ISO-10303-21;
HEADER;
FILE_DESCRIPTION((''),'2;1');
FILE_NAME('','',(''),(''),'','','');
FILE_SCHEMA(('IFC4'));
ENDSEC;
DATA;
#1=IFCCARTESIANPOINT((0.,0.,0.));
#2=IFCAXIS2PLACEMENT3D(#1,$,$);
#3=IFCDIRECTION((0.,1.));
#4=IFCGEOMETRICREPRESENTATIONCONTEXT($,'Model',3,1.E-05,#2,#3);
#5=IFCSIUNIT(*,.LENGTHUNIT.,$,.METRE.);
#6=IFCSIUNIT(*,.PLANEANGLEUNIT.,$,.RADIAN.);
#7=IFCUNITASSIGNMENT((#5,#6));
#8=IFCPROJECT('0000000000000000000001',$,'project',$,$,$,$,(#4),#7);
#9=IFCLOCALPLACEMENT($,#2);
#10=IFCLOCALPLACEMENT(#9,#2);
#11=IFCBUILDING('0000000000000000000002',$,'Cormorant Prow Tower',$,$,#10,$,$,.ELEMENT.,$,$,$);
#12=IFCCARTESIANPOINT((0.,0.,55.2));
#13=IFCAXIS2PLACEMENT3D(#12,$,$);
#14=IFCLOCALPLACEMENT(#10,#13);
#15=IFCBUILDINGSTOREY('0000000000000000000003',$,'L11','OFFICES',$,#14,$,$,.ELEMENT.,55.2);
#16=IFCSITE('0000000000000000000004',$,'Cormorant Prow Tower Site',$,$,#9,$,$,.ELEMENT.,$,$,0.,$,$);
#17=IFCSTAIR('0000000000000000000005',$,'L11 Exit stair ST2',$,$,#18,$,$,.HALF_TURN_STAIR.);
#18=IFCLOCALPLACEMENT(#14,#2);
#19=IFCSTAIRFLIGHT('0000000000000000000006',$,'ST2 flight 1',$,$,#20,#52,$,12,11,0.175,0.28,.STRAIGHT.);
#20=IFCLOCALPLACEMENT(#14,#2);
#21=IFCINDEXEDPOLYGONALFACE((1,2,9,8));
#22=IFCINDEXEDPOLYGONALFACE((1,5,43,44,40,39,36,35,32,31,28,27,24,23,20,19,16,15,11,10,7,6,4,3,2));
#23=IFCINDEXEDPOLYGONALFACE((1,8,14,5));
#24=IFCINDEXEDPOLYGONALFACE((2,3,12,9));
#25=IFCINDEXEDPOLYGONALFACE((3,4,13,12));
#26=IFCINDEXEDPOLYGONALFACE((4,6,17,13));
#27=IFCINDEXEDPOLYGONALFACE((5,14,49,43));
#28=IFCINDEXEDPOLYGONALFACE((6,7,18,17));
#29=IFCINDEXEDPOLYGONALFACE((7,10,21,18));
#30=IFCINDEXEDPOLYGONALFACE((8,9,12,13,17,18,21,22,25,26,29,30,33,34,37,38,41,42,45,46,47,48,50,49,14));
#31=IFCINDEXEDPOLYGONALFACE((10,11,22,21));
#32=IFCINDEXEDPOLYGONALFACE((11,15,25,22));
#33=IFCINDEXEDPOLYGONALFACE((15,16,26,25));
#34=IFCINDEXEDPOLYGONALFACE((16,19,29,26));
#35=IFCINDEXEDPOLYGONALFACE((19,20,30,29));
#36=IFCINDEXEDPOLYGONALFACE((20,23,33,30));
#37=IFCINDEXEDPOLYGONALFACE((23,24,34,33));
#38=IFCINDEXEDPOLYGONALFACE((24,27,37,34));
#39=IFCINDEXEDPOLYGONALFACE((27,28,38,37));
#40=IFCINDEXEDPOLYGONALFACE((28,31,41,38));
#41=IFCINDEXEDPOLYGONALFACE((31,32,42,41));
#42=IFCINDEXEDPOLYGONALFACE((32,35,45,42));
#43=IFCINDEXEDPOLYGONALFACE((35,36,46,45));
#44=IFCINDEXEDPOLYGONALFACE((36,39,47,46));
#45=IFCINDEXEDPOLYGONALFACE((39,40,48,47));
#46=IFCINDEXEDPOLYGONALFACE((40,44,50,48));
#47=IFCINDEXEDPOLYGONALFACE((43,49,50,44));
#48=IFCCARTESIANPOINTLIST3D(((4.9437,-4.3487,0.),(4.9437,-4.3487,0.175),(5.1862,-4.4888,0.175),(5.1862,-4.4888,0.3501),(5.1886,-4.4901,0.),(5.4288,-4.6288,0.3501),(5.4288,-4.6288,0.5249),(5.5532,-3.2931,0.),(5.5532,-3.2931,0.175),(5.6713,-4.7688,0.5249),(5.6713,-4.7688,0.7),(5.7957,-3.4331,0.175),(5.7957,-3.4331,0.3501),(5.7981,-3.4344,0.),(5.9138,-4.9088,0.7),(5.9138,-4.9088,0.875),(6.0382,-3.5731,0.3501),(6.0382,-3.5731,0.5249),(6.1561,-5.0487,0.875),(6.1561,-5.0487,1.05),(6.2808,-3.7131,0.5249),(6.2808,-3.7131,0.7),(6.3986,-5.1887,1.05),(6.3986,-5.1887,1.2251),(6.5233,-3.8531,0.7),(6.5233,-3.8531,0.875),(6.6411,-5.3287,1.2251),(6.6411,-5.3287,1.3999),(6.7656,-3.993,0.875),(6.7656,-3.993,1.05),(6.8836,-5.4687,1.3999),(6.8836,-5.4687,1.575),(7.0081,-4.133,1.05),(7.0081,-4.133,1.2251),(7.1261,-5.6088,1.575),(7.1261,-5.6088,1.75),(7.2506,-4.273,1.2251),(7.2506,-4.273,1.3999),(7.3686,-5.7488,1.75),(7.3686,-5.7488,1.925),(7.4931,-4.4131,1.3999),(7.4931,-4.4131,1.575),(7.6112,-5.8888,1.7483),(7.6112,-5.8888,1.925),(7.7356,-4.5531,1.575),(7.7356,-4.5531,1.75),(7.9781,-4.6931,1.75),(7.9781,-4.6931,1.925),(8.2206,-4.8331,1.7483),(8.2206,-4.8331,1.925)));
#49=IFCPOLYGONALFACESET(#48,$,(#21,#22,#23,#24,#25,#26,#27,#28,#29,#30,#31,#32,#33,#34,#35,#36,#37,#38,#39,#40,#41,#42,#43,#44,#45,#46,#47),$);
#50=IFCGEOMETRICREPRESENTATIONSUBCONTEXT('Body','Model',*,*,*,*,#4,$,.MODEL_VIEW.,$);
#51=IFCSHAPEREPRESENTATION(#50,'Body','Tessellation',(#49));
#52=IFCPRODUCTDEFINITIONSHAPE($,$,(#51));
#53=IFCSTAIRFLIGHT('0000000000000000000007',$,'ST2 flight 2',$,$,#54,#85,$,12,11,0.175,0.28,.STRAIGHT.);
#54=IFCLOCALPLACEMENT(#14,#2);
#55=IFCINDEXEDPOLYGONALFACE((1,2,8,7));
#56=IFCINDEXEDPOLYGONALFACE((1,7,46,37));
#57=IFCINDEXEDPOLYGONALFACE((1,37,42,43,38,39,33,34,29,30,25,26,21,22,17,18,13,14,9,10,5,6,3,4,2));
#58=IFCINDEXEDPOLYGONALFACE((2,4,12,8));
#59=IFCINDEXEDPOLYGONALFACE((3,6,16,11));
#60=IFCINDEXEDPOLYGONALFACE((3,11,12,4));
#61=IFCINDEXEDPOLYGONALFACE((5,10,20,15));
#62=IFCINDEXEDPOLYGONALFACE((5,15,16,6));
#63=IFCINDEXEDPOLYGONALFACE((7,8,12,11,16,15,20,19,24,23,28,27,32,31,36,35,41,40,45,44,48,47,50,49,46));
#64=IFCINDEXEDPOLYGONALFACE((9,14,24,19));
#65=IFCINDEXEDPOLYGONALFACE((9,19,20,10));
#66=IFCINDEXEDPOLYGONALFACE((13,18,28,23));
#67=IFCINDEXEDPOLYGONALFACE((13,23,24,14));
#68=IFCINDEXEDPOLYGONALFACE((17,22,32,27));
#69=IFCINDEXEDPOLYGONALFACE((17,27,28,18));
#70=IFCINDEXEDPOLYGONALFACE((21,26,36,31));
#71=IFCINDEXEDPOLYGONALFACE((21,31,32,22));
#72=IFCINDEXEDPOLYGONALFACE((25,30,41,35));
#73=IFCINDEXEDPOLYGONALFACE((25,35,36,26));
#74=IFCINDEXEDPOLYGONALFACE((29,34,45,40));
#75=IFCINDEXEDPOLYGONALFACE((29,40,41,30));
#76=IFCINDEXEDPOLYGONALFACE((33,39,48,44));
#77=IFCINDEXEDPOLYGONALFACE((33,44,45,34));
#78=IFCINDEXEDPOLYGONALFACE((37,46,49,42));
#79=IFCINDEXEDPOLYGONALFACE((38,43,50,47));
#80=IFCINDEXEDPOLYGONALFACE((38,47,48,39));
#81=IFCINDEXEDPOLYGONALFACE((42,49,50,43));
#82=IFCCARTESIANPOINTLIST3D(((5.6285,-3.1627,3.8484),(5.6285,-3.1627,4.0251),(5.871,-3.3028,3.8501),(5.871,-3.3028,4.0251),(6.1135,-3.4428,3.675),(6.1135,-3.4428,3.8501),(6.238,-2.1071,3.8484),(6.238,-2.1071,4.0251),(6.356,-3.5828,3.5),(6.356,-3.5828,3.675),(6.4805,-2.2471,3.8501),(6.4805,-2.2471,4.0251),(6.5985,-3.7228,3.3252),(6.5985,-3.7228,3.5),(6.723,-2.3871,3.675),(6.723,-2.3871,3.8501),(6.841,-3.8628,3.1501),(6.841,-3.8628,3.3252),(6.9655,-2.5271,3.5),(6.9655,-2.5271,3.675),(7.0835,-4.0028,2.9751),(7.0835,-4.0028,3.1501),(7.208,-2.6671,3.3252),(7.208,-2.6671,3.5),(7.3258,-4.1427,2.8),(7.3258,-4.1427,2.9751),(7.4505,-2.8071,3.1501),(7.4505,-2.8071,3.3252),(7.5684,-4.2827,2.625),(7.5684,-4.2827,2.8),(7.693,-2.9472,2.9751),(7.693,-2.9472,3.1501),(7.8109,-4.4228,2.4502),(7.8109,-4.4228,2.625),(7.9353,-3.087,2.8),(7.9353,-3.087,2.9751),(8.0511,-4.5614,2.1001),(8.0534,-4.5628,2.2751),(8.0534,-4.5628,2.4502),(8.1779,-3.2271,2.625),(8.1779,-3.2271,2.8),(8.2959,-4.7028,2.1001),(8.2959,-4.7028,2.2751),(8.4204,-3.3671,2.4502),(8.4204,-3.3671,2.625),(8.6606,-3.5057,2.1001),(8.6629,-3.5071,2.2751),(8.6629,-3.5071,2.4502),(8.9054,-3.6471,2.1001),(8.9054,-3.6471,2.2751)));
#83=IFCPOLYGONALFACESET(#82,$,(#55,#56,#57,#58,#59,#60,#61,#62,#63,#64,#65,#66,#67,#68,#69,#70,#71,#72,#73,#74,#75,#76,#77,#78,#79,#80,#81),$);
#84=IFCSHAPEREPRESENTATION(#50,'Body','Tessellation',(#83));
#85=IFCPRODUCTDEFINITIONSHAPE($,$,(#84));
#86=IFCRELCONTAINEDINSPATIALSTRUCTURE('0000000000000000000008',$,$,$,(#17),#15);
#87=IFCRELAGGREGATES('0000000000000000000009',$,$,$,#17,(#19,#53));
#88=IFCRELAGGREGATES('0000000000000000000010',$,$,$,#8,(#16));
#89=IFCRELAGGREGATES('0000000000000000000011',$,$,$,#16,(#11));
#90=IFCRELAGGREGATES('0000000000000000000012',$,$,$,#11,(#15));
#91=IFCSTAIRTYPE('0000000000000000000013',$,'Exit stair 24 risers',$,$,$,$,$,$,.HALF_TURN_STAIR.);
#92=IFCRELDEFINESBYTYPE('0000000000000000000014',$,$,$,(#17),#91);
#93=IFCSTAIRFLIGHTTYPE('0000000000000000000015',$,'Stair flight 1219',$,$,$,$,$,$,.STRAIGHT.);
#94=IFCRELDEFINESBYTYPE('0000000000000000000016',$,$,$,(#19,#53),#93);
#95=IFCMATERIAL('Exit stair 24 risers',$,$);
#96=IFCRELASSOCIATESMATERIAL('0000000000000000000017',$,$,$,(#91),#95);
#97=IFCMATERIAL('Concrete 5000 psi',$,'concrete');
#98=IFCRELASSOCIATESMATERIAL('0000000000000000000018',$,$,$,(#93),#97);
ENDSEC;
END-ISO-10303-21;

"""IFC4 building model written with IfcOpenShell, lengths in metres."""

from ifc_helpers import new_model, si_unit, direction, frame, origin, place, context, subcontext, project, spatial, polyline, outline, extrude, material, type_object, element, aggregate, save


model = new_model("IFC4")

# Units and contexts
model_context = context("Model", 3, precision=1e-05, world=origin(), true_north=direction((0.0, 1.0)))
body_context = subcontext(model_context, "Body", "Model", "MODEL_VIEW")
ifc_project = project(units=[si_unit("LENGTHUNIT", "METRE"), si_unit("PLANEANGLEUNIT", "RADIAN")], contexts=[model_context])

# Site, building, storey
site_placement = place(None, origin())
site = spatial("IfcSite", under=ifc_project, at=site_placement, Name="Cormorant Prow Tower Site", CompositionType="ELEMENT", RefElevation=0.0)
building_placement = place(site_placement, origin())
building = spatial("IfcBuilding", under=site, at=building_placement, Name="Cormorant Prow Tower", CompositionType="ELEMENT")
storey_placement = place(building_placement, frame((0.0, 0.0, 55.2)))
storey = spatial("IfcBuildingStorey", under=building, at=storey_placement, Name="L11", Description="OFFICES", CompositionType="ELEMENT", Elevation=55.2)

# Stair, stair flights
ifc_material_1 = material(Name="Exit stair 24 risers")
stair_type = type_object("IfcStairType", Name="Exit stair 24 risers", PredefinedType="HALF_TURN_STAIR", material=ifc_material_1)
stair_placement = place(storey_placement, origin())
stair = element("IfcStair", 1, at=stair_placement, inside=storey, type_object=stair_type, Name="L11 Exit stair ST2", PredefinedType="HALF_TURN_STAIR")
ifc_material_2 = material(Name="Concrete 5000 psi", Category="concrete")
stair_flight_type = type_object("IfcStairFlightType", Name="Stair flight 1219", PredefinedType="STRAIGHT", material=ifc_material_2)
stair_flight_1_placement = place(storey_placement, frame((5.2485, -3.8208, 0.0), z_axis=(0.0, 0.0, 1.0), x_axis=(0.866025, -0.5, 0.0)))
stair_flight_1 = element("IfcStairFlight", 2, at=stair_flight_1_placement, type_object=stair_flight_type, Name="ST2 flight 1", NumberOfRisers=12, NumberOfTreads=11, PredefinedType="STRAIGHT", RiserHeight=0.175, TreadLength=0.28, context=body_context, shape_type="SweptSolid", body=[
    extrude(outline(polyline([(0.0, 0.0), (0.0, 0.175), (0.28, 0.175), (0.28, 0.3501), (0.5601, 0.3501), (0.5601, 0.5249), (0.8401, 0.5249), (0.8401, 0.7), (1.1201, 0.7), (1.1201, 0.875), (1.3999, 0.875), (1.3999, 1.05), (1.6799, 1.05), (1.6799, 1.2251), (1.96, 1.2251), (1.96, 1.3999), (2.24, 1.3999), (2.24, 1.575), (2.52, 1.575), (2.52, 1.75), (2.8, 1.75), (2.8, 1.925), (3.0801, 1.925), (3.0801, 2.1001), (3.0801, 1.7483), (0.2827, 0.0), (0.0, 0.0)])), frame((0.0, 0.6094, 0.0), z_axis=(0.0, -1.0, 0.0), x_axis=(1.0, 0.0, 0.0)), (0.0, 0.0, 1.0), 1.219),
])
stair_flight_2_placement = place(storey_placement, frame((8.6006, -4.175, 2.1001), z_axis=(0.0, 0.0, 1.0), x_axis=(-0.866025, 0.5, 0.0)))
stair_flight_2 = element("IfcStairFlight", 3, at=stair_flight_2_placement, type_object=stair_flight_type, Name="ST2 flight 2", NumberOfRisers=12, NumberOfTreads=11, PredefinedType="STRAIGHT", RiserHeight=0.175, TreadLength=0.28, context=body_context, shape_type="SweptSolid", body=[
    extrude(outline(polyline([(0.0, 0.0), (0.0, 0.175), (0.28, 0.175), (0.28, 0.3501), (0.5601, 0.3501), (0.5601, 0.5249), (0.8401, 0.5249), (0.8401, 0.7), (1.1201, 0.7), (1.1201, 0.875), (1.3999, 0.875), (1.3999, 1.05), (1.6799, 1.05), (1.6799, 1.2251), (1.96, 1.2251), (1.96, 1.3999), (2.24, 1.3999), (2.24, 1.575), (2.52, 1.575), (2.52, 1.75), (2.8, 1.75), (2.8, 1.925), (3.0801, 1.925), (3.0801, 2.1001), (3.0801, 1.7483), (0.2827, 0.0), (0.0, 0.0)])), frame((0.0, 0.6094, 0.0), z_axis=(0.0, -1.0, 0.0), x_axis=(1.0, 0.0, 0.0)), (0.0, 0.0, 1.0), 1.219),
])
aggregate(stair, [stair_flight_1, stair_flight_2])

save(model, "model.ifc")
